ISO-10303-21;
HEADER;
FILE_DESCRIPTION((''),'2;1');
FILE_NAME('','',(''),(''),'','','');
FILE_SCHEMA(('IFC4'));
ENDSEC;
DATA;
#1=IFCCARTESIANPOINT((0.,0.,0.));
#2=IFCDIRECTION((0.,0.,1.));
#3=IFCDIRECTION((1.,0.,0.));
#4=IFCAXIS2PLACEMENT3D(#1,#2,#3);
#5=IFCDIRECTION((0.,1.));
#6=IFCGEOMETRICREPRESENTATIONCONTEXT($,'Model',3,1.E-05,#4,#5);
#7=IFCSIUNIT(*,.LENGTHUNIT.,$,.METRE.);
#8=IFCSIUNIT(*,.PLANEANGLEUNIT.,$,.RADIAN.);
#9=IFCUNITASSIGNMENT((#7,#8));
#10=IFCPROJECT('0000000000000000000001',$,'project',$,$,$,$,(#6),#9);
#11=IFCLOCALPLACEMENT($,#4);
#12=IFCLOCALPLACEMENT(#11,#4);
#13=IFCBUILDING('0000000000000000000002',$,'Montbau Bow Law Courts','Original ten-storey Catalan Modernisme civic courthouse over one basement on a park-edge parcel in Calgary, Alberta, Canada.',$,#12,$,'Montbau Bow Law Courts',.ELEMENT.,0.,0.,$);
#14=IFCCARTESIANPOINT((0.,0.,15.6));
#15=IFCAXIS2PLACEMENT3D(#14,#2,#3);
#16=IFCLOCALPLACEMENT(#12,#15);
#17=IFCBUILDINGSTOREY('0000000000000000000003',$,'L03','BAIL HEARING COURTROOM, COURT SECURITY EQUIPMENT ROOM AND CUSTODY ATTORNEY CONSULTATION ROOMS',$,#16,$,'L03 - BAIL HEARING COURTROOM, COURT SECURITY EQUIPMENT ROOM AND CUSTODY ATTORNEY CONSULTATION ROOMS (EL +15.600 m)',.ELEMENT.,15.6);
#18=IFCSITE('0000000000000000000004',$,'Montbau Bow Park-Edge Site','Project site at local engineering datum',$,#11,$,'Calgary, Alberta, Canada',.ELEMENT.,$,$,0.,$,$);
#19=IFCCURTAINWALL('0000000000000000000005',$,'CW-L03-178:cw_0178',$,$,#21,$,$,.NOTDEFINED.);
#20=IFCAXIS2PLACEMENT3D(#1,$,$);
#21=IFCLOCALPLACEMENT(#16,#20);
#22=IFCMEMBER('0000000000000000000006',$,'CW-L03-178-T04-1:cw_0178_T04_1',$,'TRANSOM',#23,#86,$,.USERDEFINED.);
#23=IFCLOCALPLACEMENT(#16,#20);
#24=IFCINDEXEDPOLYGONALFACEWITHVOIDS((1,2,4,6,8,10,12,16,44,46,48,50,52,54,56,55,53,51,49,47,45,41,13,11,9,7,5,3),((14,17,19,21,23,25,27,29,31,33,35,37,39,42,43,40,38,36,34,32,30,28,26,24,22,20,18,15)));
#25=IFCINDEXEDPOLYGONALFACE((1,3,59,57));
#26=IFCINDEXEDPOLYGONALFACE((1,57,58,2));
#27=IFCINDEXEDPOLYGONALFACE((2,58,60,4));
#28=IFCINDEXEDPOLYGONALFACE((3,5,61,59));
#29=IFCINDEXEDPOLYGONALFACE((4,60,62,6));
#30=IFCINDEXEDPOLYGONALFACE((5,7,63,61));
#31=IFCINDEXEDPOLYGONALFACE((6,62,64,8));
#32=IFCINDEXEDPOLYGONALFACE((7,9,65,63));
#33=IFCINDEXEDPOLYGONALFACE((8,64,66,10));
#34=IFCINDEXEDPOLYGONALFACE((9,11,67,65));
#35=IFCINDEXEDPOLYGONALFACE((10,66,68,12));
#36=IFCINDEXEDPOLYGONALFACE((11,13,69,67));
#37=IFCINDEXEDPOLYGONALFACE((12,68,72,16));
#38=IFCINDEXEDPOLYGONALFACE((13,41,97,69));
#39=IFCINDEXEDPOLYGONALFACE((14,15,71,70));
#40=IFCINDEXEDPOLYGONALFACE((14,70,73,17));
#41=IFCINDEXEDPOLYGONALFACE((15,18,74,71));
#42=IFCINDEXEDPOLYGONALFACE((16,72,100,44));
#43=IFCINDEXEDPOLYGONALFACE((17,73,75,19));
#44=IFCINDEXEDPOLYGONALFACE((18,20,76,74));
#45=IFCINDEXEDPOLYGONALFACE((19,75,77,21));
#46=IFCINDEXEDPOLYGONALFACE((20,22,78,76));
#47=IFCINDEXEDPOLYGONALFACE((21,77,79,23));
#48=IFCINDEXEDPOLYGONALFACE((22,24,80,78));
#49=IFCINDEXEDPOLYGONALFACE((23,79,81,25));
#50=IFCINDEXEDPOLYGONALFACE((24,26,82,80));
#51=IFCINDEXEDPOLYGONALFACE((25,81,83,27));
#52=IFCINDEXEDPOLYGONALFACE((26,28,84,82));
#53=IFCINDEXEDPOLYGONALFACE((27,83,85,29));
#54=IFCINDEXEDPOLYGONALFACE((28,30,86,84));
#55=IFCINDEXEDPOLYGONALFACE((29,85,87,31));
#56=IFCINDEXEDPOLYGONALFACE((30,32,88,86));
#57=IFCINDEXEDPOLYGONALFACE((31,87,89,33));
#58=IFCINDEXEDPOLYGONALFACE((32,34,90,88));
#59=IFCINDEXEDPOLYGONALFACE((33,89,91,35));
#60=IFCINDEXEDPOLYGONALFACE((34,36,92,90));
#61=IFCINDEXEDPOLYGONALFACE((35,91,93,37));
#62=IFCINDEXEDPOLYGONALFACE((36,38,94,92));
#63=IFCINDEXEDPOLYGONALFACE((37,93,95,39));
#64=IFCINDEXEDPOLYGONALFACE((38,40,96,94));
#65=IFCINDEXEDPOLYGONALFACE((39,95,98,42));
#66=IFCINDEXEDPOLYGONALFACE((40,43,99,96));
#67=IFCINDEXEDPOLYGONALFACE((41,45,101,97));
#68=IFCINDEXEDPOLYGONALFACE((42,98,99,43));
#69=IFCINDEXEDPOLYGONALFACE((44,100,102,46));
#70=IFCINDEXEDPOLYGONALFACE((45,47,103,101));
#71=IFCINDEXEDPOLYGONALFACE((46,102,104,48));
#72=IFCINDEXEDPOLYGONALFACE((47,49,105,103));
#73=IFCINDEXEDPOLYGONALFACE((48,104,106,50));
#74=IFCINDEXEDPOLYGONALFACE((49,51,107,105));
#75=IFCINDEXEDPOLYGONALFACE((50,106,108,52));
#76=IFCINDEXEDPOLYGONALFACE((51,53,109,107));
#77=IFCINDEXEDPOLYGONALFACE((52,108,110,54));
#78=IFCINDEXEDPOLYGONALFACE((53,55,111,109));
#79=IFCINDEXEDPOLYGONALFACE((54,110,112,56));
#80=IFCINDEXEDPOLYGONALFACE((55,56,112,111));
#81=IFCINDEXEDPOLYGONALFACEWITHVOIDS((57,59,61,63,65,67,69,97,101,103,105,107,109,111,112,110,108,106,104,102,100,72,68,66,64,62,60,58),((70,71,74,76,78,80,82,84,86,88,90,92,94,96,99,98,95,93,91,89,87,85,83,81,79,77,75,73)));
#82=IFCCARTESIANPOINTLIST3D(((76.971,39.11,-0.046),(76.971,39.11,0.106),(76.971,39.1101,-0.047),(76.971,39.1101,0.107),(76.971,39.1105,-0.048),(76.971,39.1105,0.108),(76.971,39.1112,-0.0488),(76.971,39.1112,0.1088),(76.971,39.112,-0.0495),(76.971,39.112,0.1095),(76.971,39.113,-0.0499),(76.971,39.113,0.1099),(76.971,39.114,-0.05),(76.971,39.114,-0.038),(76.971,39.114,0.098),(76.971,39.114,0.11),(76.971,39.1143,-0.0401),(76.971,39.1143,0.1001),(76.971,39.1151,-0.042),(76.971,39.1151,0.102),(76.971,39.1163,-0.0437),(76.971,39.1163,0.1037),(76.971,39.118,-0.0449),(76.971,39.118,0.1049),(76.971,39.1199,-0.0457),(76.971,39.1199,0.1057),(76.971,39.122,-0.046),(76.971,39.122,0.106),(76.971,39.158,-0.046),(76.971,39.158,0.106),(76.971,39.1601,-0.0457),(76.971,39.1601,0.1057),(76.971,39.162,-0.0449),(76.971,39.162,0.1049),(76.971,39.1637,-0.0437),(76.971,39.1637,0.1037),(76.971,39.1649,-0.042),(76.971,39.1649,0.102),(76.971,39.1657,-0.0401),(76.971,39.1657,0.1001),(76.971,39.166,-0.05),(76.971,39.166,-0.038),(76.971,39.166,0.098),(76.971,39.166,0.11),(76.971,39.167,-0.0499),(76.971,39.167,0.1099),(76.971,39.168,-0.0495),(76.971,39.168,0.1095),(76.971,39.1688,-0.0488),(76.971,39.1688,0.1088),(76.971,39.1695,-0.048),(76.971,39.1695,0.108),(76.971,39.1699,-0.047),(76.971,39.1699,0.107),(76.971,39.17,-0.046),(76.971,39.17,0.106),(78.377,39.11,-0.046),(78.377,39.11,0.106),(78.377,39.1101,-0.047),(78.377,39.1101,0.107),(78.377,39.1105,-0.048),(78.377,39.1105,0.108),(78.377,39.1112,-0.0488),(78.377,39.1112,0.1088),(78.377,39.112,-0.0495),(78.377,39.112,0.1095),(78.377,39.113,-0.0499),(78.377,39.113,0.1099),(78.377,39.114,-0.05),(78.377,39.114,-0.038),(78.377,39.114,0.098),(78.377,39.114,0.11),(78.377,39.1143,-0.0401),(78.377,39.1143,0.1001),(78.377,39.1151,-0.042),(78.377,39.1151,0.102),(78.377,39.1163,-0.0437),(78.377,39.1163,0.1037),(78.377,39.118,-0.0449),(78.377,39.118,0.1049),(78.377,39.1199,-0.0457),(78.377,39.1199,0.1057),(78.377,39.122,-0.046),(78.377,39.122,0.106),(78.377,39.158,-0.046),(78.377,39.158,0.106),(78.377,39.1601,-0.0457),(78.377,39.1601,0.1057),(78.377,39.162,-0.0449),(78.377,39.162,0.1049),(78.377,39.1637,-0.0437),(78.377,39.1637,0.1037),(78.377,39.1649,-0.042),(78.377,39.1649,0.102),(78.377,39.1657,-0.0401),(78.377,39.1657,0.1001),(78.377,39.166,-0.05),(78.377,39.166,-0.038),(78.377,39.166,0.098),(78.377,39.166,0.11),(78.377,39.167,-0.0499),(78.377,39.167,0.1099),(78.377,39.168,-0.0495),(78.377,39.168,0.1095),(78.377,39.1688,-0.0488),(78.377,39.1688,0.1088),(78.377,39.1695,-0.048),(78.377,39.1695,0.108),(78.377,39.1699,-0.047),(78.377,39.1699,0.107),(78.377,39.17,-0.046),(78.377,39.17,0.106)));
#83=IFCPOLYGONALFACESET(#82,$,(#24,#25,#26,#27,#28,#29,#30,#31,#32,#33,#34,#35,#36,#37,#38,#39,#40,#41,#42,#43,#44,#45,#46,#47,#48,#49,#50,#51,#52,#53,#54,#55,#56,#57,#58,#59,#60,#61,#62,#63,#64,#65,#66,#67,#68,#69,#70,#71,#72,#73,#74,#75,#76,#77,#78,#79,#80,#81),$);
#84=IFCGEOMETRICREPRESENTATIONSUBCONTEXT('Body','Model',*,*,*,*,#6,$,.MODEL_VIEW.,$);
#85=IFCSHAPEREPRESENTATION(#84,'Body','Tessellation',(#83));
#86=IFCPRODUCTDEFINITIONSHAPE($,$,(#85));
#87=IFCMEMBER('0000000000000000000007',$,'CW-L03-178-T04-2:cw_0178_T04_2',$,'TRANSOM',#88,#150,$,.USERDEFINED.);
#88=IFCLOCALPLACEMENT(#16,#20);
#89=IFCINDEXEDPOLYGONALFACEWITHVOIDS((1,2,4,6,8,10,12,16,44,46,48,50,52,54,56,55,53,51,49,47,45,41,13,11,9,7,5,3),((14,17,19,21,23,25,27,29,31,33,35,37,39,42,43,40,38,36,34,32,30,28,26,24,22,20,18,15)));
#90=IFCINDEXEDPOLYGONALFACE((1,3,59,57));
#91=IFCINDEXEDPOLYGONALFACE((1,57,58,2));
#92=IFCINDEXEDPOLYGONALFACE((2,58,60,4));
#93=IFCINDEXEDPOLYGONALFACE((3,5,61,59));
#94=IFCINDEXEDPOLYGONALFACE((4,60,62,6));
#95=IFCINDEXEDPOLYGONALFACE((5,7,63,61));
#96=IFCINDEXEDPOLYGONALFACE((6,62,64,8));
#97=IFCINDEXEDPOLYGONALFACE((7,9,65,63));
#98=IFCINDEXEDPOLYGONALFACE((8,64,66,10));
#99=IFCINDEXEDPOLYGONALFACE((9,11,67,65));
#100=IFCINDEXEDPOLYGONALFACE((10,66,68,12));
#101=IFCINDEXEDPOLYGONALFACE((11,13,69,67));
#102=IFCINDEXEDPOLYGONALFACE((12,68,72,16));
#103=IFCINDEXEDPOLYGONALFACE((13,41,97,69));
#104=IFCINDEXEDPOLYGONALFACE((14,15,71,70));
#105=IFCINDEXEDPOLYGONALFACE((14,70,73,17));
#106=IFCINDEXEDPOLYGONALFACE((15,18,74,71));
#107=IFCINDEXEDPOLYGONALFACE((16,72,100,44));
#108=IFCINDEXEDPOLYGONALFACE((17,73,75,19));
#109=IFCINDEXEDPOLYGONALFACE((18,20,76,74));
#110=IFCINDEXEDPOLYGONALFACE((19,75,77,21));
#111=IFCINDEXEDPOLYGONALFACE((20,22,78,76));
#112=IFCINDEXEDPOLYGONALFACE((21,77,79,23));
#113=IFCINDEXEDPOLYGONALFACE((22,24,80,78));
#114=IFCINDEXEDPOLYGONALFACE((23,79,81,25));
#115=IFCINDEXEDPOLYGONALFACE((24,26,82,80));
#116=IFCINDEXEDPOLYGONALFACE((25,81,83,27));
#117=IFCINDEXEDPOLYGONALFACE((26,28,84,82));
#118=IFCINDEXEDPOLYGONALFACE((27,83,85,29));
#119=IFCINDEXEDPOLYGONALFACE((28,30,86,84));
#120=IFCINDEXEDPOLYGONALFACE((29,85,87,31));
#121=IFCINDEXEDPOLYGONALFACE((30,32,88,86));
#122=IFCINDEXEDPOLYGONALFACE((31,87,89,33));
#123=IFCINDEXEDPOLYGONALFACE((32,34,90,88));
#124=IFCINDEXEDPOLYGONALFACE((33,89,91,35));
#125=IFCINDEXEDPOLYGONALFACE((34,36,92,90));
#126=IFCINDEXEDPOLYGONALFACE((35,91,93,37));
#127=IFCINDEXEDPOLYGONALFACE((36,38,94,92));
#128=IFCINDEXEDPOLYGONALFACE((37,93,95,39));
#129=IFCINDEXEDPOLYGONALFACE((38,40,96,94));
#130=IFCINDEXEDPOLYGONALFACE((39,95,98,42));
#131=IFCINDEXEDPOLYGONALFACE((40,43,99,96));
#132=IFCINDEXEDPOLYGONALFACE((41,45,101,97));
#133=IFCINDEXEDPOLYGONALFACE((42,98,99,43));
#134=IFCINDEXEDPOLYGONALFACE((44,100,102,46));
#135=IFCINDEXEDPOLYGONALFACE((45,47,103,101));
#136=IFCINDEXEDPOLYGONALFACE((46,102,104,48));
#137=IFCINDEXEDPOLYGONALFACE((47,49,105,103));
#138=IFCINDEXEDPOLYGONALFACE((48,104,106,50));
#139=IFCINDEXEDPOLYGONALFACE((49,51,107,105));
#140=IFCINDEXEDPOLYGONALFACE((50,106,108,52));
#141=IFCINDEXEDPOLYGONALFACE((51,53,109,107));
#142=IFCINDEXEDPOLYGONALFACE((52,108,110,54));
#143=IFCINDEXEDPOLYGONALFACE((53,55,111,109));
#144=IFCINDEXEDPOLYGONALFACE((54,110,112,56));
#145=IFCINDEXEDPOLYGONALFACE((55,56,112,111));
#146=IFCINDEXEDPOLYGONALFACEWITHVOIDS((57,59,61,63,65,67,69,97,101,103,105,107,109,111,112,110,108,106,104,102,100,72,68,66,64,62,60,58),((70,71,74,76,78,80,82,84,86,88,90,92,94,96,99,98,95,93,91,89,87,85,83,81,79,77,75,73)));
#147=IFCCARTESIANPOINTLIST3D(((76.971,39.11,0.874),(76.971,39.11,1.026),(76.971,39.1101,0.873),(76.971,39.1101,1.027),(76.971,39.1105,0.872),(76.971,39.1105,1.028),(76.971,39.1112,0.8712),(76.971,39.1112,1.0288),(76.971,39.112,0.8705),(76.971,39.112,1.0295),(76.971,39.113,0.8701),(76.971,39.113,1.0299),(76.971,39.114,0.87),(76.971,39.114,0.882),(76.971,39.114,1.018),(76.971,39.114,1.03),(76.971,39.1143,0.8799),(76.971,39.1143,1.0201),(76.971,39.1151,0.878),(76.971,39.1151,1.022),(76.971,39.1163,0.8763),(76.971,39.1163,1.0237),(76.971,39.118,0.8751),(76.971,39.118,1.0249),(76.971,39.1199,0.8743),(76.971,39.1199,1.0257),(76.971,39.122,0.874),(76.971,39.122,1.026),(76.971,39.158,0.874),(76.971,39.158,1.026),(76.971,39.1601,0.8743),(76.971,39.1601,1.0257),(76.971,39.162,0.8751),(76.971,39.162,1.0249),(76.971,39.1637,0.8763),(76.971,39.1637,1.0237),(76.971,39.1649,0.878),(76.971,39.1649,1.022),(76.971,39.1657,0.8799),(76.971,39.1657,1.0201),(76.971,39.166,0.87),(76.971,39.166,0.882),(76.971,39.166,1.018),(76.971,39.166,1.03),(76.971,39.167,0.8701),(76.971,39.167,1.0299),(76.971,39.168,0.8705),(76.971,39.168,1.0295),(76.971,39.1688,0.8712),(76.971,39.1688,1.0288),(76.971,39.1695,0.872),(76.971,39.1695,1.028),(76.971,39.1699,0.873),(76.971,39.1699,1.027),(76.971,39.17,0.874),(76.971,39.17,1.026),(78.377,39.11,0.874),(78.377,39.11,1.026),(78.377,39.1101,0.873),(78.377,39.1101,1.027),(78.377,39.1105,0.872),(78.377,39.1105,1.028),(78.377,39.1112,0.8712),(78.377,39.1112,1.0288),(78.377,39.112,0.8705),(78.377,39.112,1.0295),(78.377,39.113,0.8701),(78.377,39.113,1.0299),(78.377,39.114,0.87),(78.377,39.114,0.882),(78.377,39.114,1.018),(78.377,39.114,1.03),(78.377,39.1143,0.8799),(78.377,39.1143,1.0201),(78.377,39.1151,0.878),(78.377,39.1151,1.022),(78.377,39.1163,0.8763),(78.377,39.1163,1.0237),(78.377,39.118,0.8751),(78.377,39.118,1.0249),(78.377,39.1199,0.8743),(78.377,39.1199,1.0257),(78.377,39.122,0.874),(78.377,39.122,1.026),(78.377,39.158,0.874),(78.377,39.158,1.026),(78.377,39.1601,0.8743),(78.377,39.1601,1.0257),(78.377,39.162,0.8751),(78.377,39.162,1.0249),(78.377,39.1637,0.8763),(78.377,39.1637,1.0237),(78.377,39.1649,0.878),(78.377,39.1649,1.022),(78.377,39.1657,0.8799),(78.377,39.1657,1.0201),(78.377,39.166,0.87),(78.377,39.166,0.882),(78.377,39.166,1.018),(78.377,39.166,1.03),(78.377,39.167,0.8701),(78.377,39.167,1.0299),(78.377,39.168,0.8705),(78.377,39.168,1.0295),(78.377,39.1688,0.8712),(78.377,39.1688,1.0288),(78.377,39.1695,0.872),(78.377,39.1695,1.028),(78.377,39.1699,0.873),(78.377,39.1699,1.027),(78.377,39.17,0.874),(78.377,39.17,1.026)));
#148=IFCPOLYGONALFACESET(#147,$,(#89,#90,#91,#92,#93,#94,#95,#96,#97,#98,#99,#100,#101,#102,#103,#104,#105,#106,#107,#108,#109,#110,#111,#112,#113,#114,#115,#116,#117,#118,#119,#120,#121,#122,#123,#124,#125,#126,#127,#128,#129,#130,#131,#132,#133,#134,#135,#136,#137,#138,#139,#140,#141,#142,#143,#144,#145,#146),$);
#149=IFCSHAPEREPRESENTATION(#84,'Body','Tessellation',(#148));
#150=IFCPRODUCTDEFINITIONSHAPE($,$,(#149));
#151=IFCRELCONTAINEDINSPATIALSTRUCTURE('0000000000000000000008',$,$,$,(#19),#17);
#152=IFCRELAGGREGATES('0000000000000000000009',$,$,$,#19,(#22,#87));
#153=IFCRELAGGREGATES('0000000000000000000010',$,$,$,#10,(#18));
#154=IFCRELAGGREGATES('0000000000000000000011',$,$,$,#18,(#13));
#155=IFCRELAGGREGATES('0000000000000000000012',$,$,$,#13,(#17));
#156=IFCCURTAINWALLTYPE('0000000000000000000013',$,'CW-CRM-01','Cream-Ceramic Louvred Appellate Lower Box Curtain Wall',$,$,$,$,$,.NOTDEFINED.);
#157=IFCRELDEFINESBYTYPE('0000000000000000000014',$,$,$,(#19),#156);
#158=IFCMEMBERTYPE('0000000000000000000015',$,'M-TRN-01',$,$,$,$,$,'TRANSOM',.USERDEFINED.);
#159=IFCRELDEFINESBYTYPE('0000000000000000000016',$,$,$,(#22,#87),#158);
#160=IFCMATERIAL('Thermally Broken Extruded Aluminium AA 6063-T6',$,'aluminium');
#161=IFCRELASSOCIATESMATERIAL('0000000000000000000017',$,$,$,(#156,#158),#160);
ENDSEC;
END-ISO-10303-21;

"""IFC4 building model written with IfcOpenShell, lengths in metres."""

from ifc_helpers import new_model, si_unit, direction, frame, origin_with_axes, origin_2d_with_axis, place, context, subcontext, project, spatial, hollow_rectangle, extrude, material, material_profile, profile_set, type_object, element, aggregate, save


model = new_model("IFC4")

# Units and contexts
model_context = context("Model", 3, precision=1e-05, world=origin_with_axes(), true_north=direction((0.0, 1.0)))
body_context = subcontext(model_context, "Body", "Model", "MODEL_VIEW")
ifc_project = project(units=[si_unit("LENGTHUNIT", "METRE"), si_unit("PLANEANGLEUNIT", "RADIAN")], contexts=[model_context])

# Site, building, storey
site_placement = place(None, origin_with_axes())
site = spatial("IfcSite", under=ifc_project, at=site_placement, Name="Montbau Bow Park-Edge Site", Description="Project site at local engineering datum", LongName="Calgary, Alberta, Canada", CompositionType="ELEMENT", RefElevation=0.0)
building_placement = place(site_placement, origin_with_axes())
building = spatial("IfcBuilding", under=site, at=building_placement, Name="Montbau Bow Law Courts", Description="Original ten-storey Catalan Modernisme civic courthouse over one basement on a park-edge parcel in Calgary, Alberta, Canada.", LongName="Montbau Bow Law Courts", CompositionType="ELEMENT", ElevationOfRefHeight=0.0, ElevationOfTerrain=0.0)
storey_placement = place(building_placement, frame((0.0, 0.0, 15.6), z_axis=(0.0, 0.0, 1.0), x_axis=(1.0, 0.0, 0.0)))
storey = spatial("IfcBuildingStorey", under=building, at=storey_placement, Name="L03", Description="BAIL HEARING COURTROOM, COURT SECURITY EQUIPMENT ROOM AND CUSTODY ATTORNEY CONSULTATION ROOMS", LongName="L03 - BAIL HEARING COURTROOM, COURT SECURITY EQUIPMENT ROOM AND CUSTODY ATTORNEY CONSULTATION ROOMS (EL +15.600 m)", CompositionType="ELEMENT", Elevation=15.6)

# Curtain wall
ifc_material_1 = material(Name="Thermally Broken Extruded Aluminium AA 6063-T6", Category="aluminium")
curtain_wall_type = type_object("IfcCurtainWallType", Name="CW-CRM-01", Description="Cream-Ceramic Louvred Appellate Lower Box Curtain Wall", PredefinedType="NOTDEFINED", material=ifc_material_1)
curtain_wall_placement = place(None, frame((72.515, 39.14, 15.6), z_axis=(0.0, 0.0, 1.0), x_axis=(1.0, 0.0, 0.0)))
curtain_wall = element("IfcCurtainWall", 1, at=curtain_wall_placement, inside=storey, type_object=curtain_wall_type, Name="CW-L03-178:cw_0178", PredefinedType="NOTDEFINED")

# Members
ifc_material_profile_1 = material_profile(ifc_material_1, hollow_rectangle(XDim=0.06, YDim=0.16, WallThickness=0.004, InnerFilletRadius=0.008, OuterFilletRadius=0.004, at=origin_2d_with_axis()), Name="CWT-160X60", Category="Main", Priority=0)
ifc_profile_set_1 = profile_set([ifc_material_profile_1], Name="Thermally Broken Extruded Aluminium AA 6063-T6")
member_type_1 = type_object("IfcMemberType", Name="M-TRN-01", ElementType="TRANSOM", PredefinedType="USERDEFINED", material=ifc_profile_set_1)
member_1_placement = place(None, frame((76.971, 39.14, 15.63), z_axis=(1.0, 0.0, 0.0), x_axis=(0.0, 1.0, 0.0)))
member_1 = element("IfcMember", 2, at=member_1_placement, type_object=member_type_1, Name="CW-L03-178-T04-1:cw_0178_T04_1", ObjectType="TRANSOM", PredefinedType="USERDEFINED", context=body_context, shape_type="SweptSolid", body=[
    extrude(hollow_rectangle(XDim=0.06, YDim=0.16, WallThickness=0.004, InnerFilletRadius=0.008, OuterFilletRadius=0.004, at=origin_2d_with_axis()), origin_with_axes(), (0.0, 0.0, 1.0), 1.406),
])
member_2_placement = place(None, frame((76.971, 39.14, 16.55), z_axis=(1.0, 0.0, 0.0), x_axis=(0.0, 1.0, 0.0)))
member_2 = element("IfcMember", 3, at=member_2_placement, type_object=member_type_1, Name="CW-L03-178-T04-2:cw_0178_T04_2", ObjectType="TRANSOM", PredefinedType="USERDEFINED", context=body_context, shape_type="SweptSolid", body=[
    extrude(hollow_rectangle(XDim=0.06, YDim=0.16, WallThickness=0.004, InnerFilletRadius=0.008, OuterFilletRadius=0.004, at=origin_2d_with_axis()), origin_with_axes(), (0.0, 0.0, 1.0), 1.406),
])

aggregate(curtain_wall, [member_1, member_2])

save(model, "model.ifc")
